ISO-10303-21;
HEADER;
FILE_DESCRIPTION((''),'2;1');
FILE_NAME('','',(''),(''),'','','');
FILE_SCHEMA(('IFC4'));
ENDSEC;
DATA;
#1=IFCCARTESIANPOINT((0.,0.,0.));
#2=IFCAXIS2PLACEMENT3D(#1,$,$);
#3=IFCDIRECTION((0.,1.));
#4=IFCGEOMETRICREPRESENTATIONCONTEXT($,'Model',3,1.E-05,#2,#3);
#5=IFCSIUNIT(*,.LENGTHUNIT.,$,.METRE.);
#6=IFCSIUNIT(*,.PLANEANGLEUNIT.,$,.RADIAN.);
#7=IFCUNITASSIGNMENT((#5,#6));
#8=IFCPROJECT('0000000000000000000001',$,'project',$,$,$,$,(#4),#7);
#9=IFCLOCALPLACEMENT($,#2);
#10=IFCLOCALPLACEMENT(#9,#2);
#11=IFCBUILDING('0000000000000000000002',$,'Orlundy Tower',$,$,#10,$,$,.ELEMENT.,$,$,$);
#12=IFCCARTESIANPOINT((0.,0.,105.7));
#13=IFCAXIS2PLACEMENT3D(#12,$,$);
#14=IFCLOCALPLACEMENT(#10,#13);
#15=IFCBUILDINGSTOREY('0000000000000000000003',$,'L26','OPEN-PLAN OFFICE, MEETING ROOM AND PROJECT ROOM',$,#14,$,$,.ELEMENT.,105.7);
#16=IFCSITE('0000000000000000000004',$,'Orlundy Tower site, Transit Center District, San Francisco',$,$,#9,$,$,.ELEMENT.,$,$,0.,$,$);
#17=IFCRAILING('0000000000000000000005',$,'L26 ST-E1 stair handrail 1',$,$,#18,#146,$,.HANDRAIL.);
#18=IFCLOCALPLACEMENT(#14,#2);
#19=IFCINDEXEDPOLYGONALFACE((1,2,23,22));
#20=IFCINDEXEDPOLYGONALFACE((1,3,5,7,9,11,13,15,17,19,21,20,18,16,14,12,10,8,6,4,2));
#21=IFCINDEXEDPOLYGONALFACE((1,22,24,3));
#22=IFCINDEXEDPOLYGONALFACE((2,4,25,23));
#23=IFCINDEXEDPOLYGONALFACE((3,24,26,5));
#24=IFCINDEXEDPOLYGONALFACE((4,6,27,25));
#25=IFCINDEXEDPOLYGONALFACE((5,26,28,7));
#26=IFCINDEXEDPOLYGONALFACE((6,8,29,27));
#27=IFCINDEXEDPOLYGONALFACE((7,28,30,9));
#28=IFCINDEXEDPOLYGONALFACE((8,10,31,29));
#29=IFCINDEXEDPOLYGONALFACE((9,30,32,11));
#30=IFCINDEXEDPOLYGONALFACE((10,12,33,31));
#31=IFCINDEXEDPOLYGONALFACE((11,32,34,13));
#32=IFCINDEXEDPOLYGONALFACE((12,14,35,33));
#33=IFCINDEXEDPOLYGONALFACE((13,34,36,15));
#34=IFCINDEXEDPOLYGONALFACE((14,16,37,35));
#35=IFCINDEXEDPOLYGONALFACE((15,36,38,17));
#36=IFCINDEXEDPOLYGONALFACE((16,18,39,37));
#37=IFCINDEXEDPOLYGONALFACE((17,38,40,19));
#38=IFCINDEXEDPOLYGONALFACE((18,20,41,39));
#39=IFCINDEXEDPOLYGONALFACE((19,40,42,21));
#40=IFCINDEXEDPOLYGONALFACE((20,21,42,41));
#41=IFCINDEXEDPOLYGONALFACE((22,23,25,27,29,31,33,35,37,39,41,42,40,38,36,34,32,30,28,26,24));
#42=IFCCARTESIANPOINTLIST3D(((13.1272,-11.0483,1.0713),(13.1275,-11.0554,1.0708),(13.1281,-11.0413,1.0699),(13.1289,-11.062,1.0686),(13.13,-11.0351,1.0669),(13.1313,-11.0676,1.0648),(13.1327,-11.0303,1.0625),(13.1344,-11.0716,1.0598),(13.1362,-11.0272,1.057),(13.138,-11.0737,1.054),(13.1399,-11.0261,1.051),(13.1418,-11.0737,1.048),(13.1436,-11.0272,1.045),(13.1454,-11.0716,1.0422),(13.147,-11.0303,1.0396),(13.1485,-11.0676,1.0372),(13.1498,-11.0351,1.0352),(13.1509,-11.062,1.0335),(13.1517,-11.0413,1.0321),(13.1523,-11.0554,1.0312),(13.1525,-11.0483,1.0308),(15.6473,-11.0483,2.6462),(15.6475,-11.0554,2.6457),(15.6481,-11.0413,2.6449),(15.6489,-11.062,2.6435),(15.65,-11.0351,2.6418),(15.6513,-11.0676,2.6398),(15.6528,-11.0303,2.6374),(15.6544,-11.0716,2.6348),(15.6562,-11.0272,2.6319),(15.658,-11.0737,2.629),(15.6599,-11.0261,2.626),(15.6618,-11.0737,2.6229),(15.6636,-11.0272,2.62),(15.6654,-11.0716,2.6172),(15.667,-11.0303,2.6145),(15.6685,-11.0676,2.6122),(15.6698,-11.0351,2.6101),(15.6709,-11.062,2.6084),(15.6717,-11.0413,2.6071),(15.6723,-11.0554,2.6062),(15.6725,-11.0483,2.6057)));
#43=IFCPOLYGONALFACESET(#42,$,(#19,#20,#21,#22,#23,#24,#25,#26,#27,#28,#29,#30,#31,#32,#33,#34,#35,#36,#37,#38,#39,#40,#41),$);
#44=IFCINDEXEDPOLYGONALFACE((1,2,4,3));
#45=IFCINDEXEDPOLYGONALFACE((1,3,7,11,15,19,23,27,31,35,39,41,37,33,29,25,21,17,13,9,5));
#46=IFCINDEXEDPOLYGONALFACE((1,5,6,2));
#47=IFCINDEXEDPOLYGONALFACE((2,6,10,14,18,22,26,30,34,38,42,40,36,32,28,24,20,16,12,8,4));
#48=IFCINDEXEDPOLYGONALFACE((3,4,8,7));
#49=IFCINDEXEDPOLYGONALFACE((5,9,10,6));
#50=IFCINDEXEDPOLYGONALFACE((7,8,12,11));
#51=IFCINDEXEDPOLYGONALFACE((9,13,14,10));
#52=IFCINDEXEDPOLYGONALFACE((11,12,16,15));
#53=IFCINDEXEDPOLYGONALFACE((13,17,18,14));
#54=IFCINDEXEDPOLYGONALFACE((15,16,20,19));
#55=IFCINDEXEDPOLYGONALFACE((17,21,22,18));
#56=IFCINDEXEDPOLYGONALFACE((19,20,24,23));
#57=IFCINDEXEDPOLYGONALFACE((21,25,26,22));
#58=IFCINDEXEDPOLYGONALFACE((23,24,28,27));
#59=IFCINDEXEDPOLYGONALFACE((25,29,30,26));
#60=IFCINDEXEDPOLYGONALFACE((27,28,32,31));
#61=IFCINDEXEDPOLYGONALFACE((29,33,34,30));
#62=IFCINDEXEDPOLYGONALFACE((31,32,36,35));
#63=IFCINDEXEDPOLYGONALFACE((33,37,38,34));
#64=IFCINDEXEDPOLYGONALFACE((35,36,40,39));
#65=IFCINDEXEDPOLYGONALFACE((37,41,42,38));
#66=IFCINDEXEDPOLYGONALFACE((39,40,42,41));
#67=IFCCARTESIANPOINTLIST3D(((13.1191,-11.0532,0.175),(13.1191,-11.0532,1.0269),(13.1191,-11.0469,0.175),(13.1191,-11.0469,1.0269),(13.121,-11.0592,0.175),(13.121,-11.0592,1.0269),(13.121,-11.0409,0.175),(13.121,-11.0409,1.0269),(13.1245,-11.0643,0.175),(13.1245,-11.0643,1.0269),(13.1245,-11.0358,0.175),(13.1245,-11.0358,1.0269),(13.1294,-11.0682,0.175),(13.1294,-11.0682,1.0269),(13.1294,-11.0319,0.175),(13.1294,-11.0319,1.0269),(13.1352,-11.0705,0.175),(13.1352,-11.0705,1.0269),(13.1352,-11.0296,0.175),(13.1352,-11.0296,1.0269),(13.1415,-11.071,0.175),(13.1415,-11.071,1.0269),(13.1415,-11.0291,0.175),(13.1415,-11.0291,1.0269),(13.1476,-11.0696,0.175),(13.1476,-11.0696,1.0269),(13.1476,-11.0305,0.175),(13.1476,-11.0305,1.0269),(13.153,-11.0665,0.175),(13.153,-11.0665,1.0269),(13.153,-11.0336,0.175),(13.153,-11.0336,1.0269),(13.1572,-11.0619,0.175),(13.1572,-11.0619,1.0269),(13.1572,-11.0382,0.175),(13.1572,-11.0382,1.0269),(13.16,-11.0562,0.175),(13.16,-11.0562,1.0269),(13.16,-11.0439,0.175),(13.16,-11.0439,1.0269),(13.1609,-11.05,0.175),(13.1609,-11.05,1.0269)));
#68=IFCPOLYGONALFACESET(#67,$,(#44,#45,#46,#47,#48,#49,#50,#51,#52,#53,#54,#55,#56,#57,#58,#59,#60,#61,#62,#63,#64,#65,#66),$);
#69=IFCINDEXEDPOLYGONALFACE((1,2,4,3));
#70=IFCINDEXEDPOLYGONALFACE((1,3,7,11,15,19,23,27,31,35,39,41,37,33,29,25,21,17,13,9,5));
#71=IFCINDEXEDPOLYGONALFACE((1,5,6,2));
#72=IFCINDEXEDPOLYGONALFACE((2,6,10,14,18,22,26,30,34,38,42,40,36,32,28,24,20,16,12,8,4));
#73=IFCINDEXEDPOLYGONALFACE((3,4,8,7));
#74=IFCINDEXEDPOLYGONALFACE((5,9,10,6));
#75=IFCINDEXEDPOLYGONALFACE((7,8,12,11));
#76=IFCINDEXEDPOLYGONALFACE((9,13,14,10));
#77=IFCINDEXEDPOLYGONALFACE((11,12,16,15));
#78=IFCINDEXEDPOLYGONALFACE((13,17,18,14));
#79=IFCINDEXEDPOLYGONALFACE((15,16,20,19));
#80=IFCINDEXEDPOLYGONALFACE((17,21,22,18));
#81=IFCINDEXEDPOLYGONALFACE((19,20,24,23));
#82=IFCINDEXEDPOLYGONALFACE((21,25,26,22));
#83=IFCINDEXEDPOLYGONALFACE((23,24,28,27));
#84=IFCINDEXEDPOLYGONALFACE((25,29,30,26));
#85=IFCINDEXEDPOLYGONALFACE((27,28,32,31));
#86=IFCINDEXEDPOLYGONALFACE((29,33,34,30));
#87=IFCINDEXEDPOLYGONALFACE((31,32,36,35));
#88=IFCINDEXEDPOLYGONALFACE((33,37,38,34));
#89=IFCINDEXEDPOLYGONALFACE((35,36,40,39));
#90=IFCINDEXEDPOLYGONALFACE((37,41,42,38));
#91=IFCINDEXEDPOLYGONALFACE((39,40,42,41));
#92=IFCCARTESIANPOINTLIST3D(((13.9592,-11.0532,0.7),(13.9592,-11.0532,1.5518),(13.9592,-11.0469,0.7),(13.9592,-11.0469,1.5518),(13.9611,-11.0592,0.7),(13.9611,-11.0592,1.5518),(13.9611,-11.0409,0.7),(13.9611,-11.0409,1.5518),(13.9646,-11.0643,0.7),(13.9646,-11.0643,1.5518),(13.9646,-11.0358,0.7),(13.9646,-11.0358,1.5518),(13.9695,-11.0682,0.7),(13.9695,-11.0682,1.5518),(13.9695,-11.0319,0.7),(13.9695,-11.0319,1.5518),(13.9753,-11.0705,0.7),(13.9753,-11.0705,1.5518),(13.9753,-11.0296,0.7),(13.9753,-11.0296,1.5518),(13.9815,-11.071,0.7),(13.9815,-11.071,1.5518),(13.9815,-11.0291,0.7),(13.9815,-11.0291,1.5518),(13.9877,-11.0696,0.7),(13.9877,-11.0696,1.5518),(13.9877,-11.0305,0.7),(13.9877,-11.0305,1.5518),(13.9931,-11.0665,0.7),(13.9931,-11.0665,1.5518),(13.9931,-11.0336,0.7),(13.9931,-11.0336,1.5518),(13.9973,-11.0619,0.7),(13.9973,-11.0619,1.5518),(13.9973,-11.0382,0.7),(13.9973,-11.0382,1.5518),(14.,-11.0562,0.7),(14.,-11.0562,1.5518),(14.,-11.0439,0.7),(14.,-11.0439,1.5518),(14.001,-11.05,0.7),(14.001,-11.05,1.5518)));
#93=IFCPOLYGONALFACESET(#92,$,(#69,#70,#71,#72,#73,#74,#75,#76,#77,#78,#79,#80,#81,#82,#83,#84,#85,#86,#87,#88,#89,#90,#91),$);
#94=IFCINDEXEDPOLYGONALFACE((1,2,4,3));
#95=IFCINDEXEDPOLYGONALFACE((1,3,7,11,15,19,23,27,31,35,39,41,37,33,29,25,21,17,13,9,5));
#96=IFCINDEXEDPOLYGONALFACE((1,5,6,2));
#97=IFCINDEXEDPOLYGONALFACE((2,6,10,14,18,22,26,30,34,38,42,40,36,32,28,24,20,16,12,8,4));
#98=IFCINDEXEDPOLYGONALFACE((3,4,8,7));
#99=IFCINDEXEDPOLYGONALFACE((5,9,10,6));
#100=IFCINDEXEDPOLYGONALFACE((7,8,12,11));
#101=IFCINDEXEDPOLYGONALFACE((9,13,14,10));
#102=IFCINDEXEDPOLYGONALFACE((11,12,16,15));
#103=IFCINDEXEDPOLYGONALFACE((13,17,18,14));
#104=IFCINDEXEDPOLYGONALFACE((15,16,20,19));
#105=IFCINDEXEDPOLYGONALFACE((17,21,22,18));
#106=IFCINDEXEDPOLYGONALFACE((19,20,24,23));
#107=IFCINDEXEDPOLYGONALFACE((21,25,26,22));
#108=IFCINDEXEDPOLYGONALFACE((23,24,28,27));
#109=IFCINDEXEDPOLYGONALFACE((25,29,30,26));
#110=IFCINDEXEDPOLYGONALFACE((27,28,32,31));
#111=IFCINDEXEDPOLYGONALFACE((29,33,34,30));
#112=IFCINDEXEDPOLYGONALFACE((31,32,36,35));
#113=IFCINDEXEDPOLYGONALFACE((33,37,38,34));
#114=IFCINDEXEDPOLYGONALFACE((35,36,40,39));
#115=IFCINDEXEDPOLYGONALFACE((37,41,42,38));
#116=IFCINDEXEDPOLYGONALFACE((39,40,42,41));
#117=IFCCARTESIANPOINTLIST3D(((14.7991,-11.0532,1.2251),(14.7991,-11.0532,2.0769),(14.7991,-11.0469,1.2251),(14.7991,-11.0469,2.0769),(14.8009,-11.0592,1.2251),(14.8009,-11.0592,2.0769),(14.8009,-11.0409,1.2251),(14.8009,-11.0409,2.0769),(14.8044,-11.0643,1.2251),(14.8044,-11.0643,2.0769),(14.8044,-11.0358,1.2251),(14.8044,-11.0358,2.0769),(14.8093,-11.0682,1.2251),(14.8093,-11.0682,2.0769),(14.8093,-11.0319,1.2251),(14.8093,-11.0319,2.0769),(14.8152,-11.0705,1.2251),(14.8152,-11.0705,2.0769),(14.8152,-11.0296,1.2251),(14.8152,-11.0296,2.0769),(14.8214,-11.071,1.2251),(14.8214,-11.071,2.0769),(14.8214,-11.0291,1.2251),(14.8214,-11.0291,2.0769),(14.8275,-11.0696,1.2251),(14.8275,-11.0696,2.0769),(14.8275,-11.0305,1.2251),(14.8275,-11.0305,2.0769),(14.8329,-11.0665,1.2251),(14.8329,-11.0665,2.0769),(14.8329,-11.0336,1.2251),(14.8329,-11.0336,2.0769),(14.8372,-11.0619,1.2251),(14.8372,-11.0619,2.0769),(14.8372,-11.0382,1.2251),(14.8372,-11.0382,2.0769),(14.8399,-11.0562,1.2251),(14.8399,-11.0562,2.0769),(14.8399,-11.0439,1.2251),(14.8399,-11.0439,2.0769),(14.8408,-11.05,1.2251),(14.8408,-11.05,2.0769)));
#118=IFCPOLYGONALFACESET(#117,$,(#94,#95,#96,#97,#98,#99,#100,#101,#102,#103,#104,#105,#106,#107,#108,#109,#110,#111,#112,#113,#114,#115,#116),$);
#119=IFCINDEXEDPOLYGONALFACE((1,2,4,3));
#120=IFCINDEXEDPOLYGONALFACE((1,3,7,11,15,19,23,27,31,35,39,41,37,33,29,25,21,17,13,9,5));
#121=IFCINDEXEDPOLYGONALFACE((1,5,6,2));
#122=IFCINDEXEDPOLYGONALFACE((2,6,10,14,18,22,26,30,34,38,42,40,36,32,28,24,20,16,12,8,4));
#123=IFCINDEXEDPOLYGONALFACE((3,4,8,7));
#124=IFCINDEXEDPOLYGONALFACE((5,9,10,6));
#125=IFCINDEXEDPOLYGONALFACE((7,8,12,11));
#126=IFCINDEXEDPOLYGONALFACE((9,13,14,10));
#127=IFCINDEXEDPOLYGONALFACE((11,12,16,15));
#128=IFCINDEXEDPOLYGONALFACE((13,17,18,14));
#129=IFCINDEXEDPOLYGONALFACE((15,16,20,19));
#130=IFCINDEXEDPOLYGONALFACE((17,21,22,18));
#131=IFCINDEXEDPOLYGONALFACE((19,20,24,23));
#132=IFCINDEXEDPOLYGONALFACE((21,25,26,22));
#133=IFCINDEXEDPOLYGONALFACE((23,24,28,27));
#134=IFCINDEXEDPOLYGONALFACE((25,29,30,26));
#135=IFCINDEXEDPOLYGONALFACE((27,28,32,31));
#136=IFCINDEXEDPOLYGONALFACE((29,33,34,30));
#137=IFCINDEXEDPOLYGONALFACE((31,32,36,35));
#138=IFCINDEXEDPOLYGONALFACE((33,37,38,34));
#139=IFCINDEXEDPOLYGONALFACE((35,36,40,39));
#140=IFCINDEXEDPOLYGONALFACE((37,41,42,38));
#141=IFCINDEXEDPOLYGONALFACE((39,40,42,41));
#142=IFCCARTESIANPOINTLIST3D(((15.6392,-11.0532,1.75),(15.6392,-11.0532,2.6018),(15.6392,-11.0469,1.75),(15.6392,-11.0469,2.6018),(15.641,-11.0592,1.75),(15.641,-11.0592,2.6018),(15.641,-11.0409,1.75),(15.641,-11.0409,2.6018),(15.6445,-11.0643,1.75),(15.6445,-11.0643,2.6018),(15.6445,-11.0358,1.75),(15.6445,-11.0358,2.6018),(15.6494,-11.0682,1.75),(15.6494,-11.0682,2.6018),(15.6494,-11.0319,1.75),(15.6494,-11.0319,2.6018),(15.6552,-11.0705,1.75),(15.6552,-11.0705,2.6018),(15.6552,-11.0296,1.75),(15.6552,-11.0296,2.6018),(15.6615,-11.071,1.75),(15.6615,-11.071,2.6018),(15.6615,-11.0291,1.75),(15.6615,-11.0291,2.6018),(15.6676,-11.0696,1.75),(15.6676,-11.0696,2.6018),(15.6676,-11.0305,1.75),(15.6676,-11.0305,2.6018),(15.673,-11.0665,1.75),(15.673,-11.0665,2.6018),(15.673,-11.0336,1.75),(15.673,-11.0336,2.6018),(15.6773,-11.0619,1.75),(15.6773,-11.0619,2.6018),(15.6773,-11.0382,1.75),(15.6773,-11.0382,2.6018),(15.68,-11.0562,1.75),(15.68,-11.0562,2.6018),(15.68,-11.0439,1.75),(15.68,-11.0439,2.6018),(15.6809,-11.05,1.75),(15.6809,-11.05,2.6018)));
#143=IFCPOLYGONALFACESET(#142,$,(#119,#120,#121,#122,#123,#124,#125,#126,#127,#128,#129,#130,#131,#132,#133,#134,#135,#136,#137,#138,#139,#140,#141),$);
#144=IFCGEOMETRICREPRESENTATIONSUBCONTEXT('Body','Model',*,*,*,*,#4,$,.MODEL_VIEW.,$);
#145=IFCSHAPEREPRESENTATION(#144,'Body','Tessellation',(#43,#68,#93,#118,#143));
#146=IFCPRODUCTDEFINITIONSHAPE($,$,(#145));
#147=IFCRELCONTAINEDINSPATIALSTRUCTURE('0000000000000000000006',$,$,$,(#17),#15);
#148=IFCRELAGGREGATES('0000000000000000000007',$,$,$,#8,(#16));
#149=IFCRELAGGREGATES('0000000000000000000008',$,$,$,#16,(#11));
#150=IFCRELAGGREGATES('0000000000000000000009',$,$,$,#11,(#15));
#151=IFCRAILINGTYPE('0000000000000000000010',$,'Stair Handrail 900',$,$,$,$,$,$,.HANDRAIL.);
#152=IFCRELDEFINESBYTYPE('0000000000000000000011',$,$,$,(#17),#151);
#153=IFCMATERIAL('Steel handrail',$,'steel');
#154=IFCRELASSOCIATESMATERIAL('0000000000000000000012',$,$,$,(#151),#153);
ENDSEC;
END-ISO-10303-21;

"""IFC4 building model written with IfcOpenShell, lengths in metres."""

from ifc_helpers import new_model, si_unit, direction, frame, origin, origin_2d, place, context, subcontext, project, spatial, circle, extrude, material, type_object, element, save


model = new_model("IFC4")

# Units and contexts
model_context = context("Model", 3, precision=1e-05, world=origin(), true_north=direction((0.0, 1.0)))
body_context = subcontext(model_context, "Body", "Model", "MODEL_VIEW")
ifc_project = project(units=[si_unit("LENGTHUNIT", "METRE"), si_unit("PLANEANGLEUNIT", "RADIAN")], contexts=[model_context])

# Site, building, storey
site_placement = place(None, origin())
site = spatial("IfcSite", under=ifc_project, at=site_placement, Name="Orlundy Tower site, Transit Center District, San Francisco", CompositionType="ELEMENT", RefElevation=0.0)
building_placement = place(site_placement, origin())
building = spatial("IfcBuilding", under=site, at=building_placement, Name="Orlundy Tower", CompositionType="ELEMENT")
storey_placement = place(building_placement, frame((0.0, 0.0, 105.7)))
storey = spatial("IfcBuildingStorey", under=building, at=storey_placement, Name="L26", Description="OPEN-PLAN OFFICE, MEETING ROOM AND PROJECT ROOM", CompositionType="ELEMENT", Elevation=105.7)

# Railing
ifc_material_1 = material(Name="Steel handrail", Category="steel")
railing_type_1 = type_object("IfcRailingType", Name="Stair Handrail 900", PredefinedType="HANDRAIL", material=ifc_material_1)
railing_1_placement = place(storey_placement, frame((13.1399, -11.05, 0.175)))
element("IfcRailing", 1, at=railing_1_placement, inside=storey, type_object=railing_type_1, Name="L26 ST-E1 stair handrail 1", PredefinedType="HANDRAIL", context=body_context, shape_type="SweptSolid", body=[
    extrude(circle(Radius=0.0239, at=origin_2d()), frame((0.0, 0.0, 0.876), z_axis=(0.848008, 0.0, 0.529984), x_axis=(0.0, 1.0, 0.0)), (0.0, 0.0, 1.0), 2.9717),
    extrude(circle(Radius=0.021, at=origin_2d()), origin(), (0.0, 0.0, 1.0), 0.8518),
    extrude(circle(Radius=0.021, at=origin_2d()), frame((0.8401, 0.0, 0.5249)), (0.0, 0.0, 1.0), 0.8518),
    extrude(circle(Radius=0.021, at=origin_2d()), frame((1.6799, 0.0, 1.05)), (0.0, 0.0, 1.0), 0.8518),
    extrude(circle(Radius=0.021, at=origin_2d()), frame((2.52, 0.0, 1.575)), (0.0, 0.0, 1.0), 0.8518),
])

save(model, "model.ifc")
